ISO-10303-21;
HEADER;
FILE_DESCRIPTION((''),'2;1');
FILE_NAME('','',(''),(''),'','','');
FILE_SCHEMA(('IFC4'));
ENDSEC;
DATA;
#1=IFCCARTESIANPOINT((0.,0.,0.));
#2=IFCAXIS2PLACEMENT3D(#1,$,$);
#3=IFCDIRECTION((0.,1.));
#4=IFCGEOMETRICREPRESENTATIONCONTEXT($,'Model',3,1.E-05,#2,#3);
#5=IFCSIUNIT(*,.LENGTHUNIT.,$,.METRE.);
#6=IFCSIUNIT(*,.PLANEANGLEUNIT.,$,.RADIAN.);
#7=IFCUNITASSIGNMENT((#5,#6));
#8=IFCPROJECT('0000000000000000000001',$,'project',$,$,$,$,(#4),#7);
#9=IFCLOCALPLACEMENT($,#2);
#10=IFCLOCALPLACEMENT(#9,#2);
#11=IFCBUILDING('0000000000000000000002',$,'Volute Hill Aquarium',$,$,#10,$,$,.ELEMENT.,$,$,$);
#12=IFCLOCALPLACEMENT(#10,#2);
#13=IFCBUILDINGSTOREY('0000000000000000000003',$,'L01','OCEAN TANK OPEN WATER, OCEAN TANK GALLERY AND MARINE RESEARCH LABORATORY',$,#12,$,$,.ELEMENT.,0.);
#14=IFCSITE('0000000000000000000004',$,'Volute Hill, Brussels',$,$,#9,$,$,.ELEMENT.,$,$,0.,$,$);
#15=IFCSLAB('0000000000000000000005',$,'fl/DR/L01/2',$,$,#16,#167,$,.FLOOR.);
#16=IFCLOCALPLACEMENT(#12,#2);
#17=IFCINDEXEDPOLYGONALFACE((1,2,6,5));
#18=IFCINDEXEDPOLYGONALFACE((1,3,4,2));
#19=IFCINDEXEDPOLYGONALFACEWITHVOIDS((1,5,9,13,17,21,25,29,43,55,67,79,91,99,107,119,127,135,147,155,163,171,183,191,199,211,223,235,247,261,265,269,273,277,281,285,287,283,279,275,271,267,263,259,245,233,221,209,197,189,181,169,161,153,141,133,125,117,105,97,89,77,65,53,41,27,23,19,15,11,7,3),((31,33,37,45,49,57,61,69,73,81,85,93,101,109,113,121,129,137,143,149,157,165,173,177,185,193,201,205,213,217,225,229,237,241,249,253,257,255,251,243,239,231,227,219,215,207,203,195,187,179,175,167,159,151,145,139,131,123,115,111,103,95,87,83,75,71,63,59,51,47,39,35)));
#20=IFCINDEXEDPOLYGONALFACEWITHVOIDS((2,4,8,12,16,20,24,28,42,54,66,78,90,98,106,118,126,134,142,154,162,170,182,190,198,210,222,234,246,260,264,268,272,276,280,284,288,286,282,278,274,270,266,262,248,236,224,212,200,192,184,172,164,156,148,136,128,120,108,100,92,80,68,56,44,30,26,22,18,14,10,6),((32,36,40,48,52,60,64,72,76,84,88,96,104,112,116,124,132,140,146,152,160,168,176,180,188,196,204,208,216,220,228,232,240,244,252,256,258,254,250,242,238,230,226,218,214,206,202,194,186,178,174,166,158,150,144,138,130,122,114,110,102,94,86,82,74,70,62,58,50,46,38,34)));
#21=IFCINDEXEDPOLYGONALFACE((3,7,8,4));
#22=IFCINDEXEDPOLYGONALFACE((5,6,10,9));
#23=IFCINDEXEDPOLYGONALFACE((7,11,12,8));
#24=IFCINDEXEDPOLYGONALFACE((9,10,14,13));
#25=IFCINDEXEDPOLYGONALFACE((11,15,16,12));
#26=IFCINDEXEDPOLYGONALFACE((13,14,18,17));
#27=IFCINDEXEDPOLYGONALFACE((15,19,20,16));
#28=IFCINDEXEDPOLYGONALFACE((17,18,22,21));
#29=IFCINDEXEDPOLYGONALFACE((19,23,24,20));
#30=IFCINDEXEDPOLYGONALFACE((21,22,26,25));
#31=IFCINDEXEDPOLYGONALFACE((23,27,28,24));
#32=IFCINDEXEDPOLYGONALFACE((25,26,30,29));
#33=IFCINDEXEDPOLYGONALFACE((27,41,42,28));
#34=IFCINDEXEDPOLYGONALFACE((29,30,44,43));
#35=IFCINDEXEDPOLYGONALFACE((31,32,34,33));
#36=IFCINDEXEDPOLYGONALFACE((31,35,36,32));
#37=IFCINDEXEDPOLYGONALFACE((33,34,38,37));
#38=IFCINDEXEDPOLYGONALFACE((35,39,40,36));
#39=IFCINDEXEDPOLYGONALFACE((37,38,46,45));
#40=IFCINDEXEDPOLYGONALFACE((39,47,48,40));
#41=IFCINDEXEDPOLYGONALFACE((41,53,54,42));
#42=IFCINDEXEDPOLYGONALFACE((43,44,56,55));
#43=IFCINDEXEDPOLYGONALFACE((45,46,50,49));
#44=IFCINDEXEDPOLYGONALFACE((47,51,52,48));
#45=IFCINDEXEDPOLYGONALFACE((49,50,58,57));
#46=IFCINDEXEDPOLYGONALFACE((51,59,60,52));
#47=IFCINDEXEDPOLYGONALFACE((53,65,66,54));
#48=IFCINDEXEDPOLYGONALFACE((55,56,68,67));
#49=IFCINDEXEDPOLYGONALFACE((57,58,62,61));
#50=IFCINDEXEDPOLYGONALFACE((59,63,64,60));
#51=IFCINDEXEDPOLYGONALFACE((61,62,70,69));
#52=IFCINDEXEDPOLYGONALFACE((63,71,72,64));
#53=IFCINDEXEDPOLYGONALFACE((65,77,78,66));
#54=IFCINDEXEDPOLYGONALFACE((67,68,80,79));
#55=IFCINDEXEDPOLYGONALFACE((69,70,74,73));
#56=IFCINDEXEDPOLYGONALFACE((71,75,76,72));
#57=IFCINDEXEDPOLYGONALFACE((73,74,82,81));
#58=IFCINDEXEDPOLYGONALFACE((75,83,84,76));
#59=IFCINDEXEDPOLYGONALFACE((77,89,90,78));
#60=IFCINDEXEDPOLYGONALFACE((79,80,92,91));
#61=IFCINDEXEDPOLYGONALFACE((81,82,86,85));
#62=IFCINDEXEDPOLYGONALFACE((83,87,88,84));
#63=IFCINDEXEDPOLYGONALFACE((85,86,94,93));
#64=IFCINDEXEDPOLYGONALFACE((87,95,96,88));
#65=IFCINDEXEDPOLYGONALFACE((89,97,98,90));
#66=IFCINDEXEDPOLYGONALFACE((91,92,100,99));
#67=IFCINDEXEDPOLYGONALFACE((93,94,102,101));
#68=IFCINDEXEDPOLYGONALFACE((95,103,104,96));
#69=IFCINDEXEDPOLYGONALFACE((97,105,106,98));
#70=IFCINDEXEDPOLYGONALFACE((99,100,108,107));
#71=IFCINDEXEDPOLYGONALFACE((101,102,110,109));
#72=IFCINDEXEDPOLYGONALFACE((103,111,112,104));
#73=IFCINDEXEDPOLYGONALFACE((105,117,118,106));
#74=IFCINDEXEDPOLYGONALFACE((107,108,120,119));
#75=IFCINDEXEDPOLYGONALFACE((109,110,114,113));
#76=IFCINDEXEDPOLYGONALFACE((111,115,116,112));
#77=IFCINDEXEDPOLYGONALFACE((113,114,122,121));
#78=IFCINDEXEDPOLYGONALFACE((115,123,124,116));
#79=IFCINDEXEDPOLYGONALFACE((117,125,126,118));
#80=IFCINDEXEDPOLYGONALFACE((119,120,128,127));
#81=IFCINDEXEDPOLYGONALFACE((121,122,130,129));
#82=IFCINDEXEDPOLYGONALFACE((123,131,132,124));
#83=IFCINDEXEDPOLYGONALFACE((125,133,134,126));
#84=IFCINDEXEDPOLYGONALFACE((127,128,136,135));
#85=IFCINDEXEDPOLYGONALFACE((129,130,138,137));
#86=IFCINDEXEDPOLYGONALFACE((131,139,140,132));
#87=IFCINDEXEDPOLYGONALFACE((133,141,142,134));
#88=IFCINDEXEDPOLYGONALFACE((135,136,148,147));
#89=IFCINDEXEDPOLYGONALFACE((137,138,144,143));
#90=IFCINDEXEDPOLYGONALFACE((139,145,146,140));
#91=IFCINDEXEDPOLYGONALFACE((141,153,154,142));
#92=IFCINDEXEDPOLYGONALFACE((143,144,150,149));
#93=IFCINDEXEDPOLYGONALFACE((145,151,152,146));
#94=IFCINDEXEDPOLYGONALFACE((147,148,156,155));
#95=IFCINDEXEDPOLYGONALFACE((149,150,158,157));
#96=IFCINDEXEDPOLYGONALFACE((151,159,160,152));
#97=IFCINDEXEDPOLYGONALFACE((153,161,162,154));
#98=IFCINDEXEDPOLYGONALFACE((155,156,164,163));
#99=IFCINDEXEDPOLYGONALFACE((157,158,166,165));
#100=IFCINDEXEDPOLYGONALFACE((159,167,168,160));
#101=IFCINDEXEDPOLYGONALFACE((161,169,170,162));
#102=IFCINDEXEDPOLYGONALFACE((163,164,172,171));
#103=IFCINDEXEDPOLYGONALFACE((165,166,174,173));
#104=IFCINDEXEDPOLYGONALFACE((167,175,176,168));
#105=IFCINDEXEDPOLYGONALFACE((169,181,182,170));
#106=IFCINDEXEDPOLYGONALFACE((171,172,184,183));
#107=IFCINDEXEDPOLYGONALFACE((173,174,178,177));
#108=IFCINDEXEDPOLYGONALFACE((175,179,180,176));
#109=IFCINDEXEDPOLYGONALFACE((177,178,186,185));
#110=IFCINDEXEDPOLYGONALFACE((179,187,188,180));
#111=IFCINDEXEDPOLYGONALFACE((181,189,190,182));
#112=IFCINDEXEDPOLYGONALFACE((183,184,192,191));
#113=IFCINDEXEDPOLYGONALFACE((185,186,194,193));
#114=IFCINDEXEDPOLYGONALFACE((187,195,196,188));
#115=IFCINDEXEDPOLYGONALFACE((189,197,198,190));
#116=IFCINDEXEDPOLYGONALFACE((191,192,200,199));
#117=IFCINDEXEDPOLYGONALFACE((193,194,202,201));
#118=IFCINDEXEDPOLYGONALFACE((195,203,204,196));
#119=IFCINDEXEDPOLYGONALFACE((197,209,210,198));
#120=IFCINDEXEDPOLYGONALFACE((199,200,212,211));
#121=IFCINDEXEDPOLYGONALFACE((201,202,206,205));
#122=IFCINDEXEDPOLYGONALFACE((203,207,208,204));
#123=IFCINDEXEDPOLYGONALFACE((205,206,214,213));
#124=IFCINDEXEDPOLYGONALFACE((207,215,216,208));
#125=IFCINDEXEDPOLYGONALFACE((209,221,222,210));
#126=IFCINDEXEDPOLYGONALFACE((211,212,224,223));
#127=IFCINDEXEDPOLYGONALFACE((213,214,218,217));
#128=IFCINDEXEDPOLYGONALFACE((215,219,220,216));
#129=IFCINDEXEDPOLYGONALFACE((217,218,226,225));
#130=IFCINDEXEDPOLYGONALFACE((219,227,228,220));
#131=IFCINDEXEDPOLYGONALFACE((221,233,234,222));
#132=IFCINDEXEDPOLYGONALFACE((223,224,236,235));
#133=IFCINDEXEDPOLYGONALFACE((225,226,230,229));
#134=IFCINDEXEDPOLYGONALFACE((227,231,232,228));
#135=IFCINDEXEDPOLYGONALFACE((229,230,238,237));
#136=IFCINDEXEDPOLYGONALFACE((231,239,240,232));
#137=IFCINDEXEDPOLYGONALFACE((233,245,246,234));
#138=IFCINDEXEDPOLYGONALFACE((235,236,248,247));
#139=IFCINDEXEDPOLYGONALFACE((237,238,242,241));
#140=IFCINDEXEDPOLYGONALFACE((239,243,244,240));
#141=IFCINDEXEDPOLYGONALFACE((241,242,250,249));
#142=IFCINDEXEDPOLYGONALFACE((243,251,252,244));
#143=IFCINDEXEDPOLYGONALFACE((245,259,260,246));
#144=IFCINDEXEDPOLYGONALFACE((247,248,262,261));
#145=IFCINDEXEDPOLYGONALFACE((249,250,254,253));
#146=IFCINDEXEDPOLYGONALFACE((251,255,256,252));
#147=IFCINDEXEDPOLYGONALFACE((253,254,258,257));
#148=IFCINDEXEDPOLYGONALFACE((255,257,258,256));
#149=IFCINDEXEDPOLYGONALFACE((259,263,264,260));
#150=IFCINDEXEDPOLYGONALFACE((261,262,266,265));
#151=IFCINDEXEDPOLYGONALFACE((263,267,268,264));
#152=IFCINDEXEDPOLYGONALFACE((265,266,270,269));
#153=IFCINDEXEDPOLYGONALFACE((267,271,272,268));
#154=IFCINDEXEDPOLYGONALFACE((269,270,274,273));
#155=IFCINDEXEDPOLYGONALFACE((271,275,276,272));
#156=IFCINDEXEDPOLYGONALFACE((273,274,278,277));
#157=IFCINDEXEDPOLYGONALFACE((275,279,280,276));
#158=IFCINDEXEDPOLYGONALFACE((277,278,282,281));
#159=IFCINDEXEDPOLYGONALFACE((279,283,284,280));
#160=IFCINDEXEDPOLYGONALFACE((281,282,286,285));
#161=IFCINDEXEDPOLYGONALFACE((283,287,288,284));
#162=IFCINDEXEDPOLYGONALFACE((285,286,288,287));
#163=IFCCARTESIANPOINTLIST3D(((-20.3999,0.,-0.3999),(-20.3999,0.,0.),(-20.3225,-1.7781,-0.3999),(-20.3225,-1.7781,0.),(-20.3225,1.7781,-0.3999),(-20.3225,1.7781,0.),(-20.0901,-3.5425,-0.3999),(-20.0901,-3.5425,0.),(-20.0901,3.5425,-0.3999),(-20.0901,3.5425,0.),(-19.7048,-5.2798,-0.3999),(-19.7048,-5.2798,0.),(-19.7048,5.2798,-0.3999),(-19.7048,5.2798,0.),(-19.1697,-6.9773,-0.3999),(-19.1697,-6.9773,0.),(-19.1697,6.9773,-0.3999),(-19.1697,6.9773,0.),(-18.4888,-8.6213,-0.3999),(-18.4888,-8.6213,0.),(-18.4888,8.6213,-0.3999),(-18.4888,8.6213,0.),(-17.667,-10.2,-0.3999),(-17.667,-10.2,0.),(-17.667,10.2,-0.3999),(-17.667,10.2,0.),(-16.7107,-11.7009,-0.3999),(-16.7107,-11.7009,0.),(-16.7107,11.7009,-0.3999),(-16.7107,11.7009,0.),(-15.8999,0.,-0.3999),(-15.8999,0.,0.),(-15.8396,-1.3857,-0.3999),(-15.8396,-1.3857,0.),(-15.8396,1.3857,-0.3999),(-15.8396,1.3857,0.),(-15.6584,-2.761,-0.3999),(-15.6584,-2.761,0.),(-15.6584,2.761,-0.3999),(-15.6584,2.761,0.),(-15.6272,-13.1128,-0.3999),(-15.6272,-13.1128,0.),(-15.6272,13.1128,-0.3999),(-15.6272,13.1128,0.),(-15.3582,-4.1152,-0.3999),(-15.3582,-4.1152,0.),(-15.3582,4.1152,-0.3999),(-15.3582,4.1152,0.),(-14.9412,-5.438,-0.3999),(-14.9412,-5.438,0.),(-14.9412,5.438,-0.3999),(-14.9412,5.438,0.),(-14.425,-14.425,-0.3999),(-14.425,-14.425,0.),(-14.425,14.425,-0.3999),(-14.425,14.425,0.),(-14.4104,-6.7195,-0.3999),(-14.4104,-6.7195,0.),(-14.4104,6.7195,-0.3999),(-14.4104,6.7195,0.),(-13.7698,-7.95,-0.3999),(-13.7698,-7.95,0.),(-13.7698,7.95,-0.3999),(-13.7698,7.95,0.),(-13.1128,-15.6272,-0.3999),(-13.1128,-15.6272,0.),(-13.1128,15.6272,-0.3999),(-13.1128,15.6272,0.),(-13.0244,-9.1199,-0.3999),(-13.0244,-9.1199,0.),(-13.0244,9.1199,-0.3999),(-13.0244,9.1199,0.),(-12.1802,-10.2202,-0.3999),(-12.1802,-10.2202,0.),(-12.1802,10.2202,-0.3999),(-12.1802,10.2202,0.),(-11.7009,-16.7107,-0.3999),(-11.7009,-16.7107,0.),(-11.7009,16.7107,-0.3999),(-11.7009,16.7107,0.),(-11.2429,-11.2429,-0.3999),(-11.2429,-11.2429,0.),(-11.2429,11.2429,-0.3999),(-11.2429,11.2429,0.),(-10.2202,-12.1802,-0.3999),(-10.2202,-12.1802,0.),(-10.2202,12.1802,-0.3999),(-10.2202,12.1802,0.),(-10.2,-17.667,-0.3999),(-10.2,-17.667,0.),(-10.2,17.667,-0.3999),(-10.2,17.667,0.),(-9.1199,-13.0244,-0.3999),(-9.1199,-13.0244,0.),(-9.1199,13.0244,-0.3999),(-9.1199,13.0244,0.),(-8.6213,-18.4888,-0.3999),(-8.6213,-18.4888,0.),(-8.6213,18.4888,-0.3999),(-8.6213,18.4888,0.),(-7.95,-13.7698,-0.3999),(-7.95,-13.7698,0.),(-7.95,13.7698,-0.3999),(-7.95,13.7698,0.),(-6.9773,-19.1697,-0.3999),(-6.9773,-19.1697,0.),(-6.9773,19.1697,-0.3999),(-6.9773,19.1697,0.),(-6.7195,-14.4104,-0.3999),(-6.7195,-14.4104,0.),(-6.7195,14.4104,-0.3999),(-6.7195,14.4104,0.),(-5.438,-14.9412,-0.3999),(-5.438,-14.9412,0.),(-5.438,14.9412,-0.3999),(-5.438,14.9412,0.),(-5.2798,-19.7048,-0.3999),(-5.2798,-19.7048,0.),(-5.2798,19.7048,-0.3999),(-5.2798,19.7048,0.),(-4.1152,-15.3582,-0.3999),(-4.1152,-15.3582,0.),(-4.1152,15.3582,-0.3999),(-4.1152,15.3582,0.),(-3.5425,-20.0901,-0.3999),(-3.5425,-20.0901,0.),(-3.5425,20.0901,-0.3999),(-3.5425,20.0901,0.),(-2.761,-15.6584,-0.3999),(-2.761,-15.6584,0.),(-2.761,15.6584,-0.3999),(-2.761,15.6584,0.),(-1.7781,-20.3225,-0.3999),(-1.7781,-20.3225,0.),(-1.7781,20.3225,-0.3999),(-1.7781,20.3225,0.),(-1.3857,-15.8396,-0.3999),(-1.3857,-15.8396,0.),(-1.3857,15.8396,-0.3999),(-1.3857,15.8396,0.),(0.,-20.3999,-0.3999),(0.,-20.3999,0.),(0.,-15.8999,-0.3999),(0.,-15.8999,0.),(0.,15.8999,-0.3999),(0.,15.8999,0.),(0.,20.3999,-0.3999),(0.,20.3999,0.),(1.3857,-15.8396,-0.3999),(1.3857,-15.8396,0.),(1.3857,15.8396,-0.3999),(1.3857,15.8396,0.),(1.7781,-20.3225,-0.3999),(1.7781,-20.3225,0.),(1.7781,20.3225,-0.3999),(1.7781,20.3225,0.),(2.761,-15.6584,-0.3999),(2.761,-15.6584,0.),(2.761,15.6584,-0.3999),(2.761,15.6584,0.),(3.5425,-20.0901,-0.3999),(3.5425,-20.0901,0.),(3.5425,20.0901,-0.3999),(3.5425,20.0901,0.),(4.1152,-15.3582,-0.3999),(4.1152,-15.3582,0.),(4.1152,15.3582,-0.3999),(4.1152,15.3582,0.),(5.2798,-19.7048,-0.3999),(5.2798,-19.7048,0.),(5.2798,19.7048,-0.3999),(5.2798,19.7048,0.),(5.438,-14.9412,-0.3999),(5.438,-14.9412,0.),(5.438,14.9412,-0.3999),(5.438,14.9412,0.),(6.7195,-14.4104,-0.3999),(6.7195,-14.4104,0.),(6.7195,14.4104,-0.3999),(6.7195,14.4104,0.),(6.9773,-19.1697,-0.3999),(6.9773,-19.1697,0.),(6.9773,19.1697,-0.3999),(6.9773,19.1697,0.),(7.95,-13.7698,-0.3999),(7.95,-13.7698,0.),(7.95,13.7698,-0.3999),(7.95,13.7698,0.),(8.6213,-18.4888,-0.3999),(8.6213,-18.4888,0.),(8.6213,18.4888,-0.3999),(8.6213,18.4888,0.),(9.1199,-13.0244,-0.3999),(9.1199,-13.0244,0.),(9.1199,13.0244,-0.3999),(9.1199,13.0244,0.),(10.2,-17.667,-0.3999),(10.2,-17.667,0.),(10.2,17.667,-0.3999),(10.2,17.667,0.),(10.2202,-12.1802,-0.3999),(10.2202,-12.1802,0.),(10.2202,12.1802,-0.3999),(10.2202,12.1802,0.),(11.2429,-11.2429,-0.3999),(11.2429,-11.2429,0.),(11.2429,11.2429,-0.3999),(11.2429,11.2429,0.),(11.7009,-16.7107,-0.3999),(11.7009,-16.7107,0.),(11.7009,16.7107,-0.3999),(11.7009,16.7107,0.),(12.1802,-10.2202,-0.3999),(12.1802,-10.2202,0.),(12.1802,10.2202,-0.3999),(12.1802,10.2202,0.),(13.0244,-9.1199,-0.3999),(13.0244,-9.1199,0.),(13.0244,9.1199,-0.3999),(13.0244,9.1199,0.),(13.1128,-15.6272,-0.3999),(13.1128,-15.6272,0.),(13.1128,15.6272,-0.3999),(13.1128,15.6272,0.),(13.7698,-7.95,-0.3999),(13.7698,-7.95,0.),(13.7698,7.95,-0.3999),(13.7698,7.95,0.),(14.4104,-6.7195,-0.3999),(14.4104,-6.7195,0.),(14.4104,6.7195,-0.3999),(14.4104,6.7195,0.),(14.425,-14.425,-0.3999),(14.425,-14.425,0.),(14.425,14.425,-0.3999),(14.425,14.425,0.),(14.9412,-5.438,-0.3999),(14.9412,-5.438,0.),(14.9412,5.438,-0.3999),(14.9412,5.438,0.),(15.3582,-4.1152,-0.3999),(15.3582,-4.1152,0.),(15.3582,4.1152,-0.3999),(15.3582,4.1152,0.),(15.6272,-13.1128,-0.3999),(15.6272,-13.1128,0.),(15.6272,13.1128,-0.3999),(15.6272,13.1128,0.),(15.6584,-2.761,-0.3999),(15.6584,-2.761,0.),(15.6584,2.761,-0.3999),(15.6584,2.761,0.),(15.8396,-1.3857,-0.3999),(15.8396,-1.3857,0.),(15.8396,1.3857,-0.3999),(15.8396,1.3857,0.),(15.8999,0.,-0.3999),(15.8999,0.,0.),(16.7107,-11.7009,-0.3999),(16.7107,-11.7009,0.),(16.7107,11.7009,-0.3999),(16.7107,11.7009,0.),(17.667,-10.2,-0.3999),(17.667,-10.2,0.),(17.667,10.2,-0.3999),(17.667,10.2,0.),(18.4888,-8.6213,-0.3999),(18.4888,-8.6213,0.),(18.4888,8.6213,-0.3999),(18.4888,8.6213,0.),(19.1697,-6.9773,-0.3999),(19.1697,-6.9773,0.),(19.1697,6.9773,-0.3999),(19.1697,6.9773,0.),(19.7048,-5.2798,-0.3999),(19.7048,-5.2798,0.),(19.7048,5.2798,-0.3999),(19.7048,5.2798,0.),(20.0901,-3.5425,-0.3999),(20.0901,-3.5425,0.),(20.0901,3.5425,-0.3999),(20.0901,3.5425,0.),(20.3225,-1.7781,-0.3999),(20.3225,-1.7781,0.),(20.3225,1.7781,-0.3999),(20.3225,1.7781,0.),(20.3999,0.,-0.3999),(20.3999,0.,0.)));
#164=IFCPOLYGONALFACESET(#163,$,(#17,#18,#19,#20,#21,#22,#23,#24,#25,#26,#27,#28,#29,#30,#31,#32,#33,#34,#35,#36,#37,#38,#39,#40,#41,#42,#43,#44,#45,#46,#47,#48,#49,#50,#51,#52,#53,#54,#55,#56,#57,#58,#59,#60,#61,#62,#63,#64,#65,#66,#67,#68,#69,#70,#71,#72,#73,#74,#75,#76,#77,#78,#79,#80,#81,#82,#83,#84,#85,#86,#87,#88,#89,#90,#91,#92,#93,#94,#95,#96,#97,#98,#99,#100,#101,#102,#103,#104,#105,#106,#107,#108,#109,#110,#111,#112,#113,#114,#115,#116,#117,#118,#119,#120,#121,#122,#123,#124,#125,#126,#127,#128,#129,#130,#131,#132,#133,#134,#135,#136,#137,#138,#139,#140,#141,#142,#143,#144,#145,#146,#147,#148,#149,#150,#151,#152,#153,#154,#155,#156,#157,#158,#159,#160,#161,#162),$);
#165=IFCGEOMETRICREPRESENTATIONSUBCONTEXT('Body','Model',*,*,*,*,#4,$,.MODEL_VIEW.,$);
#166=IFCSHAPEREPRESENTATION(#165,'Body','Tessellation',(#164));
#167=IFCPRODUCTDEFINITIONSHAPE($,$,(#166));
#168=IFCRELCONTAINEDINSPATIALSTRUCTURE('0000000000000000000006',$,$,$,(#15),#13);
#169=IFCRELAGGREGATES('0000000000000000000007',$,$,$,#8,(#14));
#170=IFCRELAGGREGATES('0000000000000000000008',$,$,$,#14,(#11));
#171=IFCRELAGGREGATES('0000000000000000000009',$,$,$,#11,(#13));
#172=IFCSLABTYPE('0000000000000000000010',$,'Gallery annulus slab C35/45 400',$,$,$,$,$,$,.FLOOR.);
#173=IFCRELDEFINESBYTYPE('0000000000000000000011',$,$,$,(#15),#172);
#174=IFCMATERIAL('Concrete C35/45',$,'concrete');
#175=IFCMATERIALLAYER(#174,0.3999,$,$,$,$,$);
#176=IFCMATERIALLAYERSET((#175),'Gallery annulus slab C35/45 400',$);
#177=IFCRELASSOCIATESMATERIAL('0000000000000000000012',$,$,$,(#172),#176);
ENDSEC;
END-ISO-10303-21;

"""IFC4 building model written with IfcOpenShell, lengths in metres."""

from ifc_helpers import new_model, si_unit, direction, frame, origin, place, context, subcontext, project, spatial, polyline, outline, extrude, material, layer, layer_set, type_object, element, save


model = new_model("IFC4")

# Units and contexts
model_context = context("Model", 3, precision=1e-05, world=origin(), true_north=direction((0.0, 1.0)))
body_context = subcontext(model_context, "Body", "Model", "MODEL_VIEW")
ifc_project = project(units=[si_unit("LENGTHUNIT", "METRE"), si_unit("PLANEANGLEUNIT", "RADIAN")], contexts=[model_context])

# Site, building, storey
site_placement = place(None, origin())
site = spatial("IfcSite", under=ifc_project, at=site_placement, Name="Volute Hill, Brussels", CompositionType="ELEMENT", RefElevation=0.0)
building_placement = place(site_placement, origin())
building = spatial("IfcBuilding", under=site, at=building_placement, Name="Volute Hill Aquarium", CompositionType="ELEMENT")
storey_placement = place(building_placement, origin())
storey = spatial("IfcBuildingStorey", under=building, at=storey_placement, Name="L01", Description="OCEAN TANK OPEN WATER, OCEAN TANK GALLERY AND MARINE RESEARCH LABORATORY", CompositionType="ELEMENT", Elevation=0.0)

# Slab
ifc_material_1 = material(Name="Concrete C35/45", Category="concrete")
ifc_layer_1 = layer(ifc_material_1, 0.3999)
ifc_layer_set_1 = layer_set([ifc_layer_1], Name="Gallery annulus slab C35/45 400")
slab_type_1 = type_object("IfcSlabType", Name="Gallery annulus slab C35/45 400", PredefinedType="FLOOR", material=ifc_layer_set_1)
slab_1_placement = place(storey_placement, frame((0.0, 0.0, -0.3999)))
element("IfcSlab", 1, at=slab_1_placement, inside=storey, type_object=slab_type_1, Name="fl/DR/L01/2", PredefinedType="FLOOR", context=body_context, shape_type="SweptSolid", body=[
    extrude(outline(polyline([(20.3999, 0.0), (20.3225, 1.7781), (20.0901, 3.5425), (19.7048, 5.2798), (19.1697, 6.9773), (18.4888, 8.6213), (17.667, 10.2), (16.7107, 11.7009), (15.6272, 13.1128), (14.425, 14.425), (13.1128, 15.6272), (11.7009, 16.7107), (10.2, 17.667), (8.6213, 18.4888), (6.9773, 19.1697), (5.2798, 19.7048), (3.5425, 20.0901), (1.7781, 20.3225), (0.0, 20.3999), (-1.7781, 20.3225), (-3.5425, 20.0901), (-5.2798, 19.7048), (-6.9773, 19.1697), (-8.6213, 18.4888), (-10.2, 17.667), (-11.7009, 16.7107), (-13.1128, 15.6272), (-14.425, 14.425), (-15.6272, 13.1128), (-16.7107, 11.7009), (-17.667, 10.2), (-18.4888, 8.6213), (-19.1697, 6.9773), (-19.7048, 5.2798), (-20.0901, 3.5425), (-20.3225, 1.7781), (-20.3999, 0.0), (-20.3225, -1.7781), (-20.0901, -3.5425), (-19.7048, -5.2798), (-19.1697, -6.9773), (-18.4888, -8.6213), (-17.667, -10.2), (-16.7107, -11.7009), (-15.6272, -13.1128), (-14.425, -14.425), (-13.1128, -15.6272), (-11.7009, -16.7107), (-10.2, -17.667), (-8.6213, -18.4888), (-6.9773, -19.1697), (-5.2798, -19.7048), (-3.5425, -20.0901), (-1.7781, -20.3225), (0.0, -20.3999), (1.7781, -20.3225), (3.5425, -20.0901), (5.2798, -19.7048), (6.9773, -19.1697), (8.6213, -18.4888), (10.2, -17.667), (11.7009, -16.7107), (13.1128, -15.6272), (14.425, -14.425), (15.6272, -13.1128), (16.7107, -11.7009), (17.667, -10.2), (18.4888, -8.6213), (19.1697, -6.9773), (19.7048, -5.2798), (20.0901, -3.5425), (20.3225, -1.7781), (20.3999, 0.0)]), holes=[polyline([(15.8999, 0.0), (15.8396, 1.3857), (15.6584, 2.761), (15.3582, 4.1152), (14.9412, 5.438), (14.4104, 6.7195), (13.7698, 7.95), (13.0244, 9.1199), (12.1802, 10.2202), (11.2429, 11.2429), (10.2202, 12.1802), (9.1199, 13.0244), (7.95, 13.7698), (6.7195, 14.4104), (5.438, 14.9412), (4.1152, 15.3582), (2.761, 15.6584), (1.3857, 15.8396), (0.0, 15.8999), (-1.3857, 15.8396), (-2.761, 15.6584), (-4.1152, 15.3582), (-5.438, 14.9412), (-6.7195, 14.4104), (-7.95, 13.7698), (-9.1199, 13.0244), (-10.2202, 12.1802), (-11.2429, 11.2429), (-12.1802, 10.2202), (-13.0244, 9.1199), (-13.7698, 7.95), (-14.4104, 6.7195), (-14.9412, 5.438), (-15.3582, 4.1152), (-15.6584, 2.761), (-15.8396, 1.3857), (-15.8999, 0.0), (-15.8396, -1.3857), (-15.6584, -2.761), (-15.3582, -4.1152), (-14.9412, -5.438), (-14.4104, -6.7195), (-13.7698, -7.95), (-13.0244, -9.1199), (-12.1802, -10.2202), (-11.2429, -11.2429), (-10.2202, -12.1802), (-9.1199, -13.0244), (-7.95, -13.7698), (-6.7195, -14.4104), (-5.438, -14.9412), (-4.1152, -15.3582), (-2.761, -15.6584), (-1.3857, -15.8396), (0.0, -15.8999), (1.3857, -15.8396), (2.761, -15.6584), (4.1152, -15.3582), (5.438, -14.9412), (6.7195, -14.4104), (7.95, -13.7698), (9.1199, -13.0244), (10.2202, -12.1802), (11.2429, -11.2429), (12.1802, -10.2202), (13.0244, -9.1199), (13.7698, -7.95), (14.4104, -6.7195), (14.9412, -5.438), (15.3582, -4.1152), (15.6584, -2.761), (15.8396, -1.3857), (15.8999, 0.0)])]), origin(), (0.0, 0.0, 1.0), 0.3999),
])

save(model, "model.ifc")
